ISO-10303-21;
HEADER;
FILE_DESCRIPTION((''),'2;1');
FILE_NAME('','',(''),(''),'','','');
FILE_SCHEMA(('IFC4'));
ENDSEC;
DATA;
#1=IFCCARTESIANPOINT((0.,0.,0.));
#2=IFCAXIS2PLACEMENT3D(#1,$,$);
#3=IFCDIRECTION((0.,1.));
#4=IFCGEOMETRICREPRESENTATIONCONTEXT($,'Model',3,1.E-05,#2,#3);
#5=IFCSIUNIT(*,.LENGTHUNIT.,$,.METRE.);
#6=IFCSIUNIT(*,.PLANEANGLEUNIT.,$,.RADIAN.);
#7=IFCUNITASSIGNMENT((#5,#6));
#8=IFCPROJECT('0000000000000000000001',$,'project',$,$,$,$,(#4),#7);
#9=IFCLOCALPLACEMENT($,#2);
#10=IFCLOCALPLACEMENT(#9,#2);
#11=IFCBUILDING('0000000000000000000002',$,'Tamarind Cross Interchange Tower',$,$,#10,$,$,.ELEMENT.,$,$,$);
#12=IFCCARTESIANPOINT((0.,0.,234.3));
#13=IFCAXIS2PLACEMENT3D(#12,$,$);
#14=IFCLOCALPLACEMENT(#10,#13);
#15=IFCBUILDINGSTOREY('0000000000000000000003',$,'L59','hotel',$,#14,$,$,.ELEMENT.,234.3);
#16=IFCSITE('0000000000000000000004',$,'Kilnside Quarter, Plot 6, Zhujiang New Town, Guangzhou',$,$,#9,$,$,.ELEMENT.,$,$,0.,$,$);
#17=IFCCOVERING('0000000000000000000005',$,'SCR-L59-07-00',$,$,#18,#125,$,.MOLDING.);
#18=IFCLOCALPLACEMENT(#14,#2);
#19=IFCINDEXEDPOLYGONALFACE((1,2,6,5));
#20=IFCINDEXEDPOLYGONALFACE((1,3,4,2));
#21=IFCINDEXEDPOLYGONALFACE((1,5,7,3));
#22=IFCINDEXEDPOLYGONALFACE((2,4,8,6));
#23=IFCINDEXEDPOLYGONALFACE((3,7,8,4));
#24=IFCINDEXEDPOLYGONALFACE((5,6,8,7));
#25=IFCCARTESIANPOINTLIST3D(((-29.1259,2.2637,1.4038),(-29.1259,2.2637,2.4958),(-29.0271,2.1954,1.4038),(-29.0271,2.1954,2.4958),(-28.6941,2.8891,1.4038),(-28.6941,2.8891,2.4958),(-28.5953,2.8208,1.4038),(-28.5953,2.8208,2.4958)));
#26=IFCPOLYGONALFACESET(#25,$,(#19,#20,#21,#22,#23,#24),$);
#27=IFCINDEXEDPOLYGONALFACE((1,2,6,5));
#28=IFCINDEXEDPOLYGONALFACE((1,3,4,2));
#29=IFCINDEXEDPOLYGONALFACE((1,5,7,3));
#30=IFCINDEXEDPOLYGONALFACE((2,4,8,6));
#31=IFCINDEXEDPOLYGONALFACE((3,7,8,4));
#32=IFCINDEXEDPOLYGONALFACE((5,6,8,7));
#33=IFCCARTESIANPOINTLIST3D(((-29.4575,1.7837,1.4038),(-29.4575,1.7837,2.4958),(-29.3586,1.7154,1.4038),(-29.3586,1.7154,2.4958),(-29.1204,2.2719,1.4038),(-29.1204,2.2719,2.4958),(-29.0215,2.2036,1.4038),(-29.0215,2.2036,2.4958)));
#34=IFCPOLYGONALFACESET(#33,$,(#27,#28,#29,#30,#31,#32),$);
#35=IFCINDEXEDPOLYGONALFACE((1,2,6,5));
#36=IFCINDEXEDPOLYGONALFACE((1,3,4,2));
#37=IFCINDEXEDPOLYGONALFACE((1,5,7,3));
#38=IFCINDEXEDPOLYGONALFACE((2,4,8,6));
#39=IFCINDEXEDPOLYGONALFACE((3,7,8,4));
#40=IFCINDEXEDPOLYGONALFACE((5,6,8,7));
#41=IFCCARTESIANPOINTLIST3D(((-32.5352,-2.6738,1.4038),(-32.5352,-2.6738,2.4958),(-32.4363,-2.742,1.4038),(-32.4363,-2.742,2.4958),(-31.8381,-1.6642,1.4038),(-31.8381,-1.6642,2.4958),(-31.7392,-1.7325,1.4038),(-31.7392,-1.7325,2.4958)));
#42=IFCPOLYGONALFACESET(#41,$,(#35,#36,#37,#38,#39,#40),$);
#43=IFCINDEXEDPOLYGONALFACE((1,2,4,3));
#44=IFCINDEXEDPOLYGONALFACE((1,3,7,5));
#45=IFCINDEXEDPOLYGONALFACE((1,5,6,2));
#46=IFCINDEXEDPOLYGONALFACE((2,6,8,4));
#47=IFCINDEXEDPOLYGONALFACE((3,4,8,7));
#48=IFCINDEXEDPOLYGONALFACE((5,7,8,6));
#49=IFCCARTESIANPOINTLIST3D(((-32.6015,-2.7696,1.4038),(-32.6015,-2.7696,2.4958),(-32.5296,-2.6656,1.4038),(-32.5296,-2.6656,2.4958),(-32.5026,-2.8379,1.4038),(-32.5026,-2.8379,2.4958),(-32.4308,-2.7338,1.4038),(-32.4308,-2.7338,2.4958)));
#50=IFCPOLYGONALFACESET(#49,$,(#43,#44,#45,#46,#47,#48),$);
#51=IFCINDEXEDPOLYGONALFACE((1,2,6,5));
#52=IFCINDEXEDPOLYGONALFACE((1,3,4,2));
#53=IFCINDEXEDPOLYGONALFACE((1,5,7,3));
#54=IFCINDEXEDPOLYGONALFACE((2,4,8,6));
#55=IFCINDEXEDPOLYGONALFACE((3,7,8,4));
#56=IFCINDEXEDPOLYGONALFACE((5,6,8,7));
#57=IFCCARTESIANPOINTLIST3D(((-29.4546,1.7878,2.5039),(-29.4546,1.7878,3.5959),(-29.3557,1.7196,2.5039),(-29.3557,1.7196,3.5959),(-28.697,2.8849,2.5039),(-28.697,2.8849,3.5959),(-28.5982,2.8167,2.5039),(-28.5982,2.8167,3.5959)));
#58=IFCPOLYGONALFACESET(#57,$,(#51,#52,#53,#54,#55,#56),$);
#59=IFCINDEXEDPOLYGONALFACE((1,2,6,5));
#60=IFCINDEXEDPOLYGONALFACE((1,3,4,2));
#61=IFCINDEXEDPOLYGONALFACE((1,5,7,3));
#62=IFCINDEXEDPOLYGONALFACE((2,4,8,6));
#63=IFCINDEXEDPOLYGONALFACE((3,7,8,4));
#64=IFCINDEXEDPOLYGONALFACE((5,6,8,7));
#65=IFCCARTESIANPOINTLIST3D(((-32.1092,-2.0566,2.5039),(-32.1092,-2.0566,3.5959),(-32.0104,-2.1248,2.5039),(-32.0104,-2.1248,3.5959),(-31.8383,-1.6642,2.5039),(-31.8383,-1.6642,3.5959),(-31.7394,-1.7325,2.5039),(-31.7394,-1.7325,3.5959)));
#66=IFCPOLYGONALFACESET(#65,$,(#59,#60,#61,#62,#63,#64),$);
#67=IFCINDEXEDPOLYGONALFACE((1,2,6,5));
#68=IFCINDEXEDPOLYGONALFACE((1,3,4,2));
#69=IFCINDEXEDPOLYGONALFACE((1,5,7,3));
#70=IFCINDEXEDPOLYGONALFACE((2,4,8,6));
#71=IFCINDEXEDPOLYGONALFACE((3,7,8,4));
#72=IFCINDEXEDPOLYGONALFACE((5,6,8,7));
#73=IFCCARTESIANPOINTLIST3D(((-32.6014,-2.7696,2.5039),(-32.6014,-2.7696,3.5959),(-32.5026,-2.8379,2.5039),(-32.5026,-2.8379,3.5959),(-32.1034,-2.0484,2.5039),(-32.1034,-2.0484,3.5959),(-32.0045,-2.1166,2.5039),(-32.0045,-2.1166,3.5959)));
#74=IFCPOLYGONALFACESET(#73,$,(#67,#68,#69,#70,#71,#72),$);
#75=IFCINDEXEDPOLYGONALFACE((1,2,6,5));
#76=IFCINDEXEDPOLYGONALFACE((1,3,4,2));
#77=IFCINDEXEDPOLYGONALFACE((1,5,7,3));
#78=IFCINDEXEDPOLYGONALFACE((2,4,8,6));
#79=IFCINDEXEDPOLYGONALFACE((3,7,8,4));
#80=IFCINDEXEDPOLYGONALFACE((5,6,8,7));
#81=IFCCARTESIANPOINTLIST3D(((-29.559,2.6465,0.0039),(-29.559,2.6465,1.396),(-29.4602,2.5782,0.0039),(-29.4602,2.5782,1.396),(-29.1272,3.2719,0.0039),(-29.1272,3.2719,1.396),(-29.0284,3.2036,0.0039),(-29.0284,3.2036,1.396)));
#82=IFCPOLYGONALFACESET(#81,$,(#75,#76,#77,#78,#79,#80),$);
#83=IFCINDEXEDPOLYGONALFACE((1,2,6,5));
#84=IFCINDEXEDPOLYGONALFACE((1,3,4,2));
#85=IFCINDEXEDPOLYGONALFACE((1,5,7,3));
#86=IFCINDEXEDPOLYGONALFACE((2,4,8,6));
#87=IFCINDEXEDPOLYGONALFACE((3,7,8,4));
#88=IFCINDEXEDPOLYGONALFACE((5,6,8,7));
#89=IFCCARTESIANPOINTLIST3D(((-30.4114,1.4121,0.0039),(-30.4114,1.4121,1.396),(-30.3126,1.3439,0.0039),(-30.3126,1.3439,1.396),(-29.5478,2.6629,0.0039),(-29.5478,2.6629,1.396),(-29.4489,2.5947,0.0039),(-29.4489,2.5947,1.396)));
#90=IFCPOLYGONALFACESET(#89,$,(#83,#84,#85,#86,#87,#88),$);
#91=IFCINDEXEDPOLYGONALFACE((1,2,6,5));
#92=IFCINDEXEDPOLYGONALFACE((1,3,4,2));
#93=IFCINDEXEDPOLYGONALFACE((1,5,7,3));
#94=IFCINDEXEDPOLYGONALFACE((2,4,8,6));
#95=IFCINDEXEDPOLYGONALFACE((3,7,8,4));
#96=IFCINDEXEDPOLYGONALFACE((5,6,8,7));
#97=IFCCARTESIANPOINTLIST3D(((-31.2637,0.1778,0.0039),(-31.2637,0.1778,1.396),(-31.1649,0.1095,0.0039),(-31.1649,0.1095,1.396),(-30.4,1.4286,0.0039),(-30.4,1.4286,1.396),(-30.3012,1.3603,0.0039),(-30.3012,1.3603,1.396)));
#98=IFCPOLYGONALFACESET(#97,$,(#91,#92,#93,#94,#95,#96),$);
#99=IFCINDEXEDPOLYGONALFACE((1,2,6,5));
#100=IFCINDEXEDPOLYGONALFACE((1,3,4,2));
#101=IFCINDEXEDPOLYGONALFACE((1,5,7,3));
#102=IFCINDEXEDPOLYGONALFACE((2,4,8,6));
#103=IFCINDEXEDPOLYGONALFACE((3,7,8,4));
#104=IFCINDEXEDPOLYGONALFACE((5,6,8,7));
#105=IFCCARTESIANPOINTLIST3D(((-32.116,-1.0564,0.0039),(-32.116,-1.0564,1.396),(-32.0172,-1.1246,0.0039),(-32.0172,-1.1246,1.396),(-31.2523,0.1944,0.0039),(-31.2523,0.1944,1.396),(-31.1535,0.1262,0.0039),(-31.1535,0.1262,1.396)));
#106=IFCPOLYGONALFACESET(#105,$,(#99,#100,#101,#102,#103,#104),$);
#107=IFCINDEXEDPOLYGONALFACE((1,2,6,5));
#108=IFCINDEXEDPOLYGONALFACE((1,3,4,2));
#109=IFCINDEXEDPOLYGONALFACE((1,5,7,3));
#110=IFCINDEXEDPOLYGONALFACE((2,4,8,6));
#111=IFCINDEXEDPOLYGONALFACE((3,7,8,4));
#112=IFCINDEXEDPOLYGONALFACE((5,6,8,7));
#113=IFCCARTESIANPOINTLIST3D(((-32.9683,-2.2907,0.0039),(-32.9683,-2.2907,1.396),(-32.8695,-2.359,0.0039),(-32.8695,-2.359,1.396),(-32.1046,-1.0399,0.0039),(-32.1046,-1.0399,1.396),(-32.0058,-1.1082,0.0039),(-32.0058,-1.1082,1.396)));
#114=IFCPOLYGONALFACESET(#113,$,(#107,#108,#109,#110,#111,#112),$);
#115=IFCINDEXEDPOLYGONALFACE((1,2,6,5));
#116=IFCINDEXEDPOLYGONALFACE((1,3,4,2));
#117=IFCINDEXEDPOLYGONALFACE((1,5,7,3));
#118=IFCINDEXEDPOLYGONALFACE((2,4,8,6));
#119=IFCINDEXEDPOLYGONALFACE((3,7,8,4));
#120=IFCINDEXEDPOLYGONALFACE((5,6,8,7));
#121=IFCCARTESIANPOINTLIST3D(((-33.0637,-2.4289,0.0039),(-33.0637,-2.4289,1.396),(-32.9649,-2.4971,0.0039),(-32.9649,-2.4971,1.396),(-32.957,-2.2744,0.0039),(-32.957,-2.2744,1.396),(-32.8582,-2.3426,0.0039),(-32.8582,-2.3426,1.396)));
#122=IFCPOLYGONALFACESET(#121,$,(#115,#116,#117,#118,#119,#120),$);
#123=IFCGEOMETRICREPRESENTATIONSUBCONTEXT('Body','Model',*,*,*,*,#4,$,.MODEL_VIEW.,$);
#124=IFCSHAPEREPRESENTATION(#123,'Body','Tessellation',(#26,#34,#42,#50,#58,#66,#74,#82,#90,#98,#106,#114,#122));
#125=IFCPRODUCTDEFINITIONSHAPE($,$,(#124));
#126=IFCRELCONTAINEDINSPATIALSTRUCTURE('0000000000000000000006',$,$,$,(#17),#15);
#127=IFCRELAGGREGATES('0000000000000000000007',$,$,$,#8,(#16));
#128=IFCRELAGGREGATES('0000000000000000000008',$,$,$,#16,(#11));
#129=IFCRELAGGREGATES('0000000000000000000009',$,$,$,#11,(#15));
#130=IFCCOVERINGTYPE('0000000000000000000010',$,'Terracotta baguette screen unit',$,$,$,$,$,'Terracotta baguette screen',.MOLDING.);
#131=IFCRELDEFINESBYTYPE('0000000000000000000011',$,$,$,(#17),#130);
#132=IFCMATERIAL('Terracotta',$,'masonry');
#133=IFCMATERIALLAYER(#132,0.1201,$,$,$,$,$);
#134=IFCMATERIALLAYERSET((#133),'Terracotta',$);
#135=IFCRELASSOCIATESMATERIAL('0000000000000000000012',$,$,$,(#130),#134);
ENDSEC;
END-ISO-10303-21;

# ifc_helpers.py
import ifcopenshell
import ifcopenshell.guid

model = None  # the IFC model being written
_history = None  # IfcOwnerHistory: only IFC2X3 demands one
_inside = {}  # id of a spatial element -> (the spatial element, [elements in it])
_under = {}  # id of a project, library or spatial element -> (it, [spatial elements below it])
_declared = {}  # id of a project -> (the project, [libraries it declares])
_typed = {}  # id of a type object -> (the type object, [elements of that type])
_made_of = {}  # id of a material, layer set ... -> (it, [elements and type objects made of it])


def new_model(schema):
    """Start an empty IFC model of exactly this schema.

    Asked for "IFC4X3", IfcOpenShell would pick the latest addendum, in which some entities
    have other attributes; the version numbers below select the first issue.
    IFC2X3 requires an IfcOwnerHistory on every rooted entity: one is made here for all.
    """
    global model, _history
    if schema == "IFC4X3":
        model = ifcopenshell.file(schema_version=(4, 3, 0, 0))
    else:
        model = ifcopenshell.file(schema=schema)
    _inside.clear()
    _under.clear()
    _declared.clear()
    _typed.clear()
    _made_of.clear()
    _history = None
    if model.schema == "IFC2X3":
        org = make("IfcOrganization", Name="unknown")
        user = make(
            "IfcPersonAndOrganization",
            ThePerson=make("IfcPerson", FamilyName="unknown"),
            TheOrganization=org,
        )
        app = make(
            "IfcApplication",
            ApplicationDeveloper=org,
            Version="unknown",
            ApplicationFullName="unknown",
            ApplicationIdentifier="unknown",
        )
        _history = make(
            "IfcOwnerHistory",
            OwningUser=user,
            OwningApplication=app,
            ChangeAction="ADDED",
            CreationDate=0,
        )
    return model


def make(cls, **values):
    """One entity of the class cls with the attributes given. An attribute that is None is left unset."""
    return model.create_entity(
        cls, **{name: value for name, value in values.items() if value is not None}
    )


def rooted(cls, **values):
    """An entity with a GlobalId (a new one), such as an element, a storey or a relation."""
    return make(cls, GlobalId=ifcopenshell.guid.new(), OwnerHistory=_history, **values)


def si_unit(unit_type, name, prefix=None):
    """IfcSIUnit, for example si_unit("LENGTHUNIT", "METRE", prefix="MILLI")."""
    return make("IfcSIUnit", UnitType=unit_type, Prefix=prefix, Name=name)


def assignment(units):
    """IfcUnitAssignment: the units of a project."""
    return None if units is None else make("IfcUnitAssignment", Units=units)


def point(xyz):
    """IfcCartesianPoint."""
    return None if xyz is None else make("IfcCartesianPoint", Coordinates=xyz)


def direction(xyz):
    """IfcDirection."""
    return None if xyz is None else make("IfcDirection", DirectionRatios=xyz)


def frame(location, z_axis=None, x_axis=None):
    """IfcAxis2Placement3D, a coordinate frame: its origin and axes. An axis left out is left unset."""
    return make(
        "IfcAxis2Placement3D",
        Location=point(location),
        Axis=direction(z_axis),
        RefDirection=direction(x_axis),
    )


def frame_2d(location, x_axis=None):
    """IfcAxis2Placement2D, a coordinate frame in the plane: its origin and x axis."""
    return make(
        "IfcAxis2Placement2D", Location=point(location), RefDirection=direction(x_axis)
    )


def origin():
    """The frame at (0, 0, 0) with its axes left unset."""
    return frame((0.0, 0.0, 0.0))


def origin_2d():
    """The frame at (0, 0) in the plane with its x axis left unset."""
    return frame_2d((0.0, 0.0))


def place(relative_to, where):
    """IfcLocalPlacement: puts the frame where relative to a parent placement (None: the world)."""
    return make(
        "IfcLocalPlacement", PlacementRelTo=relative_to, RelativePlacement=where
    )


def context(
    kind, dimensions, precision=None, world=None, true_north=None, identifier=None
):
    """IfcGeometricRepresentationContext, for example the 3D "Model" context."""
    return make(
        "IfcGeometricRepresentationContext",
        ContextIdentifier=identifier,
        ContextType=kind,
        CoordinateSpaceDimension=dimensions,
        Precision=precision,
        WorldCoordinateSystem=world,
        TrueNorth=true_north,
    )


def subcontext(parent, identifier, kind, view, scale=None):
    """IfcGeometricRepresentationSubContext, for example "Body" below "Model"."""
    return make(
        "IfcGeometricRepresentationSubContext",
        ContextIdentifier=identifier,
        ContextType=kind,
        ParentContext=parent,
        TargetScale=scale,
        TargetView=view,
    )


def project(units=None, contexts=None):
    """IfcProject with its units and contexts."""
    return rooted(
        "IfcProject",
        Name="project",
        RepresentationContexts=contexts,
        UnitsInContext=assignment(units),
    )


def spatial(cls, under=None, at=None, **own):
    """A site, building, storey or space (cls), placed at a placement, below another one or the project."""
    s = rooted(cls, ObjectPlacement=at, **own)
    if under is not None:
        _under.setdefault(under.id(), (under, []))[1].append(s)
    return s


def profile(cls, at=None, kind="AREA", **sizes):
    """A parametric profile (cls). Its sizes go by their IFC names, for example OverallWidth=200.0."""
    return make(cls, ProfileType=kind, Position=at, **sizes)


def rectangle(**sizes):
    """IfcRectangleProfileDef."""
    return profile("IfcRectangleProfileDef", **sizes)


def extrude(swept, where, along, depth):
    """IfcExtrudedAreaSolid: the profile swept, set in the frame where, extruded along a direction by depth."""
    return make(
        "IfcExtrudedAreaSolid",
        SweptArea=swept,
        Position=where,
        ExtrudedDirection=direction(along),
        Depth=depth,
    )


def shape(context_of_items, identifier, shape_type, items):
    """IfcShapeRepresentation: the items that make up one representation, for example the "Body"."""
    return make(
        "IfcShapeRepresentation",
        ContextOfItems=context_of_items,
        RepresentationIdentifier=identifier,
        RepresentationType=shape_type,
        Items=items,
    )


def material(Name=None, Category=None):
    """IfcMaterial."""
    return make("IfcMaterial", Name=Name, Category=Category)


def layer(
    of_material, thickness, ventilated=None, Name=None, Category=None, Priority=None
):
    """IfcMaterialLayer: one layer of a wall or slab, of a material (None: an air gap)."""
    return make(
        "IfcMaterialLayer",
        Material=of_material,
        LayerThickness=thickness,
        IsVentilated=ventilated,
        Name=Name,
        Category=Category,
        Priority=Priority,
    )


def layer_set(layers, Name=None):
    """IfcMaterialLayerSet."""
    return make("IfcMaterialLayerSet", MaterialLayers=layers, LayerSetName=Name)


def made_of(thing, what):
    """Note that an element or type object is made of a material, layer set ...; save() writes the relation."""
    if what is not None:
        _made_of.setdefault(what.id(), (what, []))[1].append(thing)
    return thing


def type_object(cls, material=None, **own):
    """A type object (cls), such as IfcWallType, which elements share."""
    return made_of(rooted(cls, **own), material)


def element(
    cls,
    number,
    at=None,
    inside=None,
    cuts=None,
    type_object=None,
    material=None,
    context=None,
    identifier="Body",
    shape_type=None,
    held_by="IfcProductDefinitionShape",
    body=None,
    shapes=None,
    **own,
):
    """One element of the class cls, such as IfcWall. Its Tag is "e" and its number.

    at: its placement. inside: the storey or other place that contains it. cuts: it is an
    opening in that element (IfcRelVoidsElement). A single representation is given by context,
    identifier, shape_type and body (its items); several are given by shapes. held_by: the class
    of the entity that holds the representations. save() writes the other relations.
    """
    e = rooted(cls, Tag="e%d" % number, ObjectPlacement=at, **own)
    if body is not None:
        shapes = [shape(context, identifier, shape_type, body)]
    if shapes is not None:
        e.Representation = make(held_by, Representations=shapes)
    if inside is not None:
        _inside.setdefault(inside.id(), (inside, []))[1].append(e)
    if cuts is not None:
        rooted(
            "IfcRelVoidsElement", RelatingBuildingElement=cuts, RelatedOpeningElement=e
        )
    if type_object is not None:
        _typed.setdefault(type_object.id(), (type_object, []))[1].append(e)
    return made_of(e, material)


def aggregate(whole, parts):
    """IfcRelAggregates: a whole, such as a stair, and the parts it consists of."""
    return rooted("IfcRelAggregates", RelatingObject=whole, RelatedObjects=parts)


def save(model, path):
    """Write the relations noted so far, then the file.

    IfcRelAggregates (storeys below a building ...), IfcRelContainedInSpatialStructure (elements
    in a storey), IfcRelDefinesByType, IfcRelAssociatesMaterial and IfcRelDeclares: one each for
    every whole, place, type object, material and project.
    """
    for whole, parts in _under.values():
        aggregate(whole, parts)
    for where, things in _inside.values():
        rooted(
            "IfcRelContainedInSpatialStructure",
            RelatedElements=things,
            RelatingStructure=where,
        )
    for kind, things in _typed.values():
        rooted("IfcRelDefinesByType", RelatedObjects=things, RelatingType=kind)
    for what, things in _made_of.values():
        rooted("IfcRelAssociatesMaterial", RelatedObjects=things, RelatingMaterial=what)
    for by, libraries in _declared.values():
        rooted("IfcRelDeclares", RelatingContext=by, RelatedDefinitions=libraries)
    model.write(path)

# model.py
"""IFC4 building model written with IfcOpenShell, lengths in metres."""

from ifc_helpers import new_model, si_unit, direction, frame, origin, origin_2d, place, context, subcontext, project, spatial, rectangle, extrude, material, layer, layer_set, type_object, element, save


model = new_model("IFC4")

# Units and contexts
model_context = context("Model", 3, precision=1e-05, world=origin(), true_north=direction((0.0, 1.0)))
body_context = subcontext(model_context, "Body", "Model", "MODEL_VIEW")
ifc_project = project(units=[si_unit("LENGTHUNIT", "METRE"), si_unit("PLANEANGLEUNIT", "RADIAN")], contexts=[model_context])

# Site, building, storey
site_placement = place(None, origin())
site = spatial("IfcSite", under=ifc_project, at=site_placement, Name="Kilnside Quarter, Plot 6, Zhujiang New Town, Guangzhou", CompositionType="ELEMENT", RefElevation=0.0)
building_placement = place(site_placement, origin())
building = spatial("IfcBuilding", under=site, at=building_placement, Name="Tamarind Cross Interchange Tower", CompositionType="ELEMENT")
storey_placement = place(building_placement, frame((0.0, 0.0, 234.3)))
storey = spatial("IfcBuildingStorey", under=building, at=storey_placement, Name="L59", Description="hotel", CompositionType="ELEMENT", Elevation=234.3)

# Covering
ifc_material_1 = material(Name="Terracotta", Category="masonry")
ifc_layer_1 = layer(ifc_material_1, 0.1201)
ifc_layer_set_1 = layer_set([ifc_layer_1], Name="Terracotta")
covering_type = type_object("IfcCoveringType", Name="Terracotta baguette screen unit", ElementType="Terracotta baguette screen", PredefinedType="MOLDING", material=ifc_layer_set_1)
covering_1_placement = place(storey_placement, origin())
element("IfcCovering", 1, at=covering_1_placement, inside=storey, type_object=covering_type, Name="SCR-L59-07-00", PredefinedType="MOLDING", context=body_context, shape_type="SweptSolid", body=[
    extrude(rectangle(XDim=0.76, YDim=0.1201, at=origin_2d()), frame((-28.8606, 2.5422, 1.4038), z_axis=(0.0, 0.0, 1.0), x_axis=(-0.568211, -0.822883, 0.0)), (0.0, 0.0, 1.0), 1.092),
    extrude(rectangle(XDim=0.5933, YDim=0.1201, at=origin_2d()), frame((-29.2395, 1.9937, 1.4038), z_axis=(0.0, 0.0, 1.0), x_axis=(-0.568211, -0.822883, 0.0)), (0.0, 0.0, 1.0), 1.092),
    extrude(rectangle(XDim=1.2268, YDim=0.1201, at=origin_2d()), frame((-32.1372, -2.2031, 1.4038), z_axis=(0.0, 0.0, 1.0), x_axis=(-0.568211, -0.822883, 0.0)), (0.0, 0.0, 1.0), 1.092),
    extrude(rectangle(XDim=0.1265, YDim=0.1201, at=origin_2d()), frame((-32.5161, -2.7517, 1.4038), z_axis=(0.0, 0.0, 1.0), x_axis=(-0.568211, -0.822883, 0.0)), (0.0, 0.0, 1.0), 1.092),
    extrude(rectangle(XDim=1.3333, YDim=0.1201, at=origin_2d()), frame((-29.0264, 2.3022, 2.5039), z_axis=(0.0, 0.0, 1.0), x_axis=(-0.568211, -0.822883, 0.0)), (0.0, 0.0, 1.0), 1.092),
    extrude(rectangle(XDim=0.4768, YDim=0.1201, at=origin_2d()), frame((-31.9243, -1.8945, 2.5039), z_axis=(0.0, 0.0, 1.0), x_axis=(-0.568211, -0.822883, 0.0)), (0.0, 0.0, 1.0), 1.092),
    extrude(rectangle(XDim=0.8765, YDim=0.1201, at=origin_2d()), frame((-32.303, -2.4431, 2.5039), z_axis=(0.0, 0.0, 1.0), x_axis=(-0.568211, -0.822883, 0.0)), (0.0, 0.0, 1.0), 1.092),
    extrude(rectangle(XDim=0.76, YDim=0.1201, at=origin_2d()), frame((-29.2937, 2.925, 0.0039), z_axis=(0.0, 0.0, 1.0), x_axis=(-0.568211, -0.822883, 0.0)), (0.0, 0.0, 1.0), 1.3921),
    extrude(rectangle(XDim=1.52, YDim=0.1201, at=origin_2d()), frame((-29.9302, 2.0034, 0.0039), z_axis=(0.0, 0.0, 1.0), x_axis=(-0.568211, -0.822883, 0.0)), (0.0, 0.0, 1.0), 1.3921),
    extrude(rectangle(XDim=1.52, YDim=0.1201, at=origin_2d()), frame((-30.7825, 0.769, 0.0039), z_axis=(0.0, 0.0, 1.0), x_axis=(-0.568211, -0.822883, 0.0)), (0.0, 0.0, 1.0), 1.3921),
    extrude(rectangle(XDim=1.52, YDim=0.1201, at=origin_2d()), frame((-31.6348, -0.4651, 0.0039), z_axis=(0.0, 0.0, 1.0), x_axis=(-0.568211, -0.822883, 0.0)), (0.0, 0.0, 1.0), 1.3921),
    extrude(rectangle(XDim=1.52, YDim=0.1201, at=origin_2d()), frame((-32.4871, -1.6995, 0.0039), z_axis=(0.0, 0.0, 1.0), x_axis=(-0.568211, -0.822883, 0.0)), (0.0, 0.0, 1.0), 1.3921),
    extrude(rectangle(XDim=0.1877, YDim=0.1201, at=origin_2d()), frame((-32.9609, -2.3857, 0.0039), z_axis=(0.0, 0.0, 1.0), x_axis=(-0.568211, -0.822883, 0.0)), (0.0, 0.0, 1.0), 1.3921),
])

save(model, "model.ifc")
